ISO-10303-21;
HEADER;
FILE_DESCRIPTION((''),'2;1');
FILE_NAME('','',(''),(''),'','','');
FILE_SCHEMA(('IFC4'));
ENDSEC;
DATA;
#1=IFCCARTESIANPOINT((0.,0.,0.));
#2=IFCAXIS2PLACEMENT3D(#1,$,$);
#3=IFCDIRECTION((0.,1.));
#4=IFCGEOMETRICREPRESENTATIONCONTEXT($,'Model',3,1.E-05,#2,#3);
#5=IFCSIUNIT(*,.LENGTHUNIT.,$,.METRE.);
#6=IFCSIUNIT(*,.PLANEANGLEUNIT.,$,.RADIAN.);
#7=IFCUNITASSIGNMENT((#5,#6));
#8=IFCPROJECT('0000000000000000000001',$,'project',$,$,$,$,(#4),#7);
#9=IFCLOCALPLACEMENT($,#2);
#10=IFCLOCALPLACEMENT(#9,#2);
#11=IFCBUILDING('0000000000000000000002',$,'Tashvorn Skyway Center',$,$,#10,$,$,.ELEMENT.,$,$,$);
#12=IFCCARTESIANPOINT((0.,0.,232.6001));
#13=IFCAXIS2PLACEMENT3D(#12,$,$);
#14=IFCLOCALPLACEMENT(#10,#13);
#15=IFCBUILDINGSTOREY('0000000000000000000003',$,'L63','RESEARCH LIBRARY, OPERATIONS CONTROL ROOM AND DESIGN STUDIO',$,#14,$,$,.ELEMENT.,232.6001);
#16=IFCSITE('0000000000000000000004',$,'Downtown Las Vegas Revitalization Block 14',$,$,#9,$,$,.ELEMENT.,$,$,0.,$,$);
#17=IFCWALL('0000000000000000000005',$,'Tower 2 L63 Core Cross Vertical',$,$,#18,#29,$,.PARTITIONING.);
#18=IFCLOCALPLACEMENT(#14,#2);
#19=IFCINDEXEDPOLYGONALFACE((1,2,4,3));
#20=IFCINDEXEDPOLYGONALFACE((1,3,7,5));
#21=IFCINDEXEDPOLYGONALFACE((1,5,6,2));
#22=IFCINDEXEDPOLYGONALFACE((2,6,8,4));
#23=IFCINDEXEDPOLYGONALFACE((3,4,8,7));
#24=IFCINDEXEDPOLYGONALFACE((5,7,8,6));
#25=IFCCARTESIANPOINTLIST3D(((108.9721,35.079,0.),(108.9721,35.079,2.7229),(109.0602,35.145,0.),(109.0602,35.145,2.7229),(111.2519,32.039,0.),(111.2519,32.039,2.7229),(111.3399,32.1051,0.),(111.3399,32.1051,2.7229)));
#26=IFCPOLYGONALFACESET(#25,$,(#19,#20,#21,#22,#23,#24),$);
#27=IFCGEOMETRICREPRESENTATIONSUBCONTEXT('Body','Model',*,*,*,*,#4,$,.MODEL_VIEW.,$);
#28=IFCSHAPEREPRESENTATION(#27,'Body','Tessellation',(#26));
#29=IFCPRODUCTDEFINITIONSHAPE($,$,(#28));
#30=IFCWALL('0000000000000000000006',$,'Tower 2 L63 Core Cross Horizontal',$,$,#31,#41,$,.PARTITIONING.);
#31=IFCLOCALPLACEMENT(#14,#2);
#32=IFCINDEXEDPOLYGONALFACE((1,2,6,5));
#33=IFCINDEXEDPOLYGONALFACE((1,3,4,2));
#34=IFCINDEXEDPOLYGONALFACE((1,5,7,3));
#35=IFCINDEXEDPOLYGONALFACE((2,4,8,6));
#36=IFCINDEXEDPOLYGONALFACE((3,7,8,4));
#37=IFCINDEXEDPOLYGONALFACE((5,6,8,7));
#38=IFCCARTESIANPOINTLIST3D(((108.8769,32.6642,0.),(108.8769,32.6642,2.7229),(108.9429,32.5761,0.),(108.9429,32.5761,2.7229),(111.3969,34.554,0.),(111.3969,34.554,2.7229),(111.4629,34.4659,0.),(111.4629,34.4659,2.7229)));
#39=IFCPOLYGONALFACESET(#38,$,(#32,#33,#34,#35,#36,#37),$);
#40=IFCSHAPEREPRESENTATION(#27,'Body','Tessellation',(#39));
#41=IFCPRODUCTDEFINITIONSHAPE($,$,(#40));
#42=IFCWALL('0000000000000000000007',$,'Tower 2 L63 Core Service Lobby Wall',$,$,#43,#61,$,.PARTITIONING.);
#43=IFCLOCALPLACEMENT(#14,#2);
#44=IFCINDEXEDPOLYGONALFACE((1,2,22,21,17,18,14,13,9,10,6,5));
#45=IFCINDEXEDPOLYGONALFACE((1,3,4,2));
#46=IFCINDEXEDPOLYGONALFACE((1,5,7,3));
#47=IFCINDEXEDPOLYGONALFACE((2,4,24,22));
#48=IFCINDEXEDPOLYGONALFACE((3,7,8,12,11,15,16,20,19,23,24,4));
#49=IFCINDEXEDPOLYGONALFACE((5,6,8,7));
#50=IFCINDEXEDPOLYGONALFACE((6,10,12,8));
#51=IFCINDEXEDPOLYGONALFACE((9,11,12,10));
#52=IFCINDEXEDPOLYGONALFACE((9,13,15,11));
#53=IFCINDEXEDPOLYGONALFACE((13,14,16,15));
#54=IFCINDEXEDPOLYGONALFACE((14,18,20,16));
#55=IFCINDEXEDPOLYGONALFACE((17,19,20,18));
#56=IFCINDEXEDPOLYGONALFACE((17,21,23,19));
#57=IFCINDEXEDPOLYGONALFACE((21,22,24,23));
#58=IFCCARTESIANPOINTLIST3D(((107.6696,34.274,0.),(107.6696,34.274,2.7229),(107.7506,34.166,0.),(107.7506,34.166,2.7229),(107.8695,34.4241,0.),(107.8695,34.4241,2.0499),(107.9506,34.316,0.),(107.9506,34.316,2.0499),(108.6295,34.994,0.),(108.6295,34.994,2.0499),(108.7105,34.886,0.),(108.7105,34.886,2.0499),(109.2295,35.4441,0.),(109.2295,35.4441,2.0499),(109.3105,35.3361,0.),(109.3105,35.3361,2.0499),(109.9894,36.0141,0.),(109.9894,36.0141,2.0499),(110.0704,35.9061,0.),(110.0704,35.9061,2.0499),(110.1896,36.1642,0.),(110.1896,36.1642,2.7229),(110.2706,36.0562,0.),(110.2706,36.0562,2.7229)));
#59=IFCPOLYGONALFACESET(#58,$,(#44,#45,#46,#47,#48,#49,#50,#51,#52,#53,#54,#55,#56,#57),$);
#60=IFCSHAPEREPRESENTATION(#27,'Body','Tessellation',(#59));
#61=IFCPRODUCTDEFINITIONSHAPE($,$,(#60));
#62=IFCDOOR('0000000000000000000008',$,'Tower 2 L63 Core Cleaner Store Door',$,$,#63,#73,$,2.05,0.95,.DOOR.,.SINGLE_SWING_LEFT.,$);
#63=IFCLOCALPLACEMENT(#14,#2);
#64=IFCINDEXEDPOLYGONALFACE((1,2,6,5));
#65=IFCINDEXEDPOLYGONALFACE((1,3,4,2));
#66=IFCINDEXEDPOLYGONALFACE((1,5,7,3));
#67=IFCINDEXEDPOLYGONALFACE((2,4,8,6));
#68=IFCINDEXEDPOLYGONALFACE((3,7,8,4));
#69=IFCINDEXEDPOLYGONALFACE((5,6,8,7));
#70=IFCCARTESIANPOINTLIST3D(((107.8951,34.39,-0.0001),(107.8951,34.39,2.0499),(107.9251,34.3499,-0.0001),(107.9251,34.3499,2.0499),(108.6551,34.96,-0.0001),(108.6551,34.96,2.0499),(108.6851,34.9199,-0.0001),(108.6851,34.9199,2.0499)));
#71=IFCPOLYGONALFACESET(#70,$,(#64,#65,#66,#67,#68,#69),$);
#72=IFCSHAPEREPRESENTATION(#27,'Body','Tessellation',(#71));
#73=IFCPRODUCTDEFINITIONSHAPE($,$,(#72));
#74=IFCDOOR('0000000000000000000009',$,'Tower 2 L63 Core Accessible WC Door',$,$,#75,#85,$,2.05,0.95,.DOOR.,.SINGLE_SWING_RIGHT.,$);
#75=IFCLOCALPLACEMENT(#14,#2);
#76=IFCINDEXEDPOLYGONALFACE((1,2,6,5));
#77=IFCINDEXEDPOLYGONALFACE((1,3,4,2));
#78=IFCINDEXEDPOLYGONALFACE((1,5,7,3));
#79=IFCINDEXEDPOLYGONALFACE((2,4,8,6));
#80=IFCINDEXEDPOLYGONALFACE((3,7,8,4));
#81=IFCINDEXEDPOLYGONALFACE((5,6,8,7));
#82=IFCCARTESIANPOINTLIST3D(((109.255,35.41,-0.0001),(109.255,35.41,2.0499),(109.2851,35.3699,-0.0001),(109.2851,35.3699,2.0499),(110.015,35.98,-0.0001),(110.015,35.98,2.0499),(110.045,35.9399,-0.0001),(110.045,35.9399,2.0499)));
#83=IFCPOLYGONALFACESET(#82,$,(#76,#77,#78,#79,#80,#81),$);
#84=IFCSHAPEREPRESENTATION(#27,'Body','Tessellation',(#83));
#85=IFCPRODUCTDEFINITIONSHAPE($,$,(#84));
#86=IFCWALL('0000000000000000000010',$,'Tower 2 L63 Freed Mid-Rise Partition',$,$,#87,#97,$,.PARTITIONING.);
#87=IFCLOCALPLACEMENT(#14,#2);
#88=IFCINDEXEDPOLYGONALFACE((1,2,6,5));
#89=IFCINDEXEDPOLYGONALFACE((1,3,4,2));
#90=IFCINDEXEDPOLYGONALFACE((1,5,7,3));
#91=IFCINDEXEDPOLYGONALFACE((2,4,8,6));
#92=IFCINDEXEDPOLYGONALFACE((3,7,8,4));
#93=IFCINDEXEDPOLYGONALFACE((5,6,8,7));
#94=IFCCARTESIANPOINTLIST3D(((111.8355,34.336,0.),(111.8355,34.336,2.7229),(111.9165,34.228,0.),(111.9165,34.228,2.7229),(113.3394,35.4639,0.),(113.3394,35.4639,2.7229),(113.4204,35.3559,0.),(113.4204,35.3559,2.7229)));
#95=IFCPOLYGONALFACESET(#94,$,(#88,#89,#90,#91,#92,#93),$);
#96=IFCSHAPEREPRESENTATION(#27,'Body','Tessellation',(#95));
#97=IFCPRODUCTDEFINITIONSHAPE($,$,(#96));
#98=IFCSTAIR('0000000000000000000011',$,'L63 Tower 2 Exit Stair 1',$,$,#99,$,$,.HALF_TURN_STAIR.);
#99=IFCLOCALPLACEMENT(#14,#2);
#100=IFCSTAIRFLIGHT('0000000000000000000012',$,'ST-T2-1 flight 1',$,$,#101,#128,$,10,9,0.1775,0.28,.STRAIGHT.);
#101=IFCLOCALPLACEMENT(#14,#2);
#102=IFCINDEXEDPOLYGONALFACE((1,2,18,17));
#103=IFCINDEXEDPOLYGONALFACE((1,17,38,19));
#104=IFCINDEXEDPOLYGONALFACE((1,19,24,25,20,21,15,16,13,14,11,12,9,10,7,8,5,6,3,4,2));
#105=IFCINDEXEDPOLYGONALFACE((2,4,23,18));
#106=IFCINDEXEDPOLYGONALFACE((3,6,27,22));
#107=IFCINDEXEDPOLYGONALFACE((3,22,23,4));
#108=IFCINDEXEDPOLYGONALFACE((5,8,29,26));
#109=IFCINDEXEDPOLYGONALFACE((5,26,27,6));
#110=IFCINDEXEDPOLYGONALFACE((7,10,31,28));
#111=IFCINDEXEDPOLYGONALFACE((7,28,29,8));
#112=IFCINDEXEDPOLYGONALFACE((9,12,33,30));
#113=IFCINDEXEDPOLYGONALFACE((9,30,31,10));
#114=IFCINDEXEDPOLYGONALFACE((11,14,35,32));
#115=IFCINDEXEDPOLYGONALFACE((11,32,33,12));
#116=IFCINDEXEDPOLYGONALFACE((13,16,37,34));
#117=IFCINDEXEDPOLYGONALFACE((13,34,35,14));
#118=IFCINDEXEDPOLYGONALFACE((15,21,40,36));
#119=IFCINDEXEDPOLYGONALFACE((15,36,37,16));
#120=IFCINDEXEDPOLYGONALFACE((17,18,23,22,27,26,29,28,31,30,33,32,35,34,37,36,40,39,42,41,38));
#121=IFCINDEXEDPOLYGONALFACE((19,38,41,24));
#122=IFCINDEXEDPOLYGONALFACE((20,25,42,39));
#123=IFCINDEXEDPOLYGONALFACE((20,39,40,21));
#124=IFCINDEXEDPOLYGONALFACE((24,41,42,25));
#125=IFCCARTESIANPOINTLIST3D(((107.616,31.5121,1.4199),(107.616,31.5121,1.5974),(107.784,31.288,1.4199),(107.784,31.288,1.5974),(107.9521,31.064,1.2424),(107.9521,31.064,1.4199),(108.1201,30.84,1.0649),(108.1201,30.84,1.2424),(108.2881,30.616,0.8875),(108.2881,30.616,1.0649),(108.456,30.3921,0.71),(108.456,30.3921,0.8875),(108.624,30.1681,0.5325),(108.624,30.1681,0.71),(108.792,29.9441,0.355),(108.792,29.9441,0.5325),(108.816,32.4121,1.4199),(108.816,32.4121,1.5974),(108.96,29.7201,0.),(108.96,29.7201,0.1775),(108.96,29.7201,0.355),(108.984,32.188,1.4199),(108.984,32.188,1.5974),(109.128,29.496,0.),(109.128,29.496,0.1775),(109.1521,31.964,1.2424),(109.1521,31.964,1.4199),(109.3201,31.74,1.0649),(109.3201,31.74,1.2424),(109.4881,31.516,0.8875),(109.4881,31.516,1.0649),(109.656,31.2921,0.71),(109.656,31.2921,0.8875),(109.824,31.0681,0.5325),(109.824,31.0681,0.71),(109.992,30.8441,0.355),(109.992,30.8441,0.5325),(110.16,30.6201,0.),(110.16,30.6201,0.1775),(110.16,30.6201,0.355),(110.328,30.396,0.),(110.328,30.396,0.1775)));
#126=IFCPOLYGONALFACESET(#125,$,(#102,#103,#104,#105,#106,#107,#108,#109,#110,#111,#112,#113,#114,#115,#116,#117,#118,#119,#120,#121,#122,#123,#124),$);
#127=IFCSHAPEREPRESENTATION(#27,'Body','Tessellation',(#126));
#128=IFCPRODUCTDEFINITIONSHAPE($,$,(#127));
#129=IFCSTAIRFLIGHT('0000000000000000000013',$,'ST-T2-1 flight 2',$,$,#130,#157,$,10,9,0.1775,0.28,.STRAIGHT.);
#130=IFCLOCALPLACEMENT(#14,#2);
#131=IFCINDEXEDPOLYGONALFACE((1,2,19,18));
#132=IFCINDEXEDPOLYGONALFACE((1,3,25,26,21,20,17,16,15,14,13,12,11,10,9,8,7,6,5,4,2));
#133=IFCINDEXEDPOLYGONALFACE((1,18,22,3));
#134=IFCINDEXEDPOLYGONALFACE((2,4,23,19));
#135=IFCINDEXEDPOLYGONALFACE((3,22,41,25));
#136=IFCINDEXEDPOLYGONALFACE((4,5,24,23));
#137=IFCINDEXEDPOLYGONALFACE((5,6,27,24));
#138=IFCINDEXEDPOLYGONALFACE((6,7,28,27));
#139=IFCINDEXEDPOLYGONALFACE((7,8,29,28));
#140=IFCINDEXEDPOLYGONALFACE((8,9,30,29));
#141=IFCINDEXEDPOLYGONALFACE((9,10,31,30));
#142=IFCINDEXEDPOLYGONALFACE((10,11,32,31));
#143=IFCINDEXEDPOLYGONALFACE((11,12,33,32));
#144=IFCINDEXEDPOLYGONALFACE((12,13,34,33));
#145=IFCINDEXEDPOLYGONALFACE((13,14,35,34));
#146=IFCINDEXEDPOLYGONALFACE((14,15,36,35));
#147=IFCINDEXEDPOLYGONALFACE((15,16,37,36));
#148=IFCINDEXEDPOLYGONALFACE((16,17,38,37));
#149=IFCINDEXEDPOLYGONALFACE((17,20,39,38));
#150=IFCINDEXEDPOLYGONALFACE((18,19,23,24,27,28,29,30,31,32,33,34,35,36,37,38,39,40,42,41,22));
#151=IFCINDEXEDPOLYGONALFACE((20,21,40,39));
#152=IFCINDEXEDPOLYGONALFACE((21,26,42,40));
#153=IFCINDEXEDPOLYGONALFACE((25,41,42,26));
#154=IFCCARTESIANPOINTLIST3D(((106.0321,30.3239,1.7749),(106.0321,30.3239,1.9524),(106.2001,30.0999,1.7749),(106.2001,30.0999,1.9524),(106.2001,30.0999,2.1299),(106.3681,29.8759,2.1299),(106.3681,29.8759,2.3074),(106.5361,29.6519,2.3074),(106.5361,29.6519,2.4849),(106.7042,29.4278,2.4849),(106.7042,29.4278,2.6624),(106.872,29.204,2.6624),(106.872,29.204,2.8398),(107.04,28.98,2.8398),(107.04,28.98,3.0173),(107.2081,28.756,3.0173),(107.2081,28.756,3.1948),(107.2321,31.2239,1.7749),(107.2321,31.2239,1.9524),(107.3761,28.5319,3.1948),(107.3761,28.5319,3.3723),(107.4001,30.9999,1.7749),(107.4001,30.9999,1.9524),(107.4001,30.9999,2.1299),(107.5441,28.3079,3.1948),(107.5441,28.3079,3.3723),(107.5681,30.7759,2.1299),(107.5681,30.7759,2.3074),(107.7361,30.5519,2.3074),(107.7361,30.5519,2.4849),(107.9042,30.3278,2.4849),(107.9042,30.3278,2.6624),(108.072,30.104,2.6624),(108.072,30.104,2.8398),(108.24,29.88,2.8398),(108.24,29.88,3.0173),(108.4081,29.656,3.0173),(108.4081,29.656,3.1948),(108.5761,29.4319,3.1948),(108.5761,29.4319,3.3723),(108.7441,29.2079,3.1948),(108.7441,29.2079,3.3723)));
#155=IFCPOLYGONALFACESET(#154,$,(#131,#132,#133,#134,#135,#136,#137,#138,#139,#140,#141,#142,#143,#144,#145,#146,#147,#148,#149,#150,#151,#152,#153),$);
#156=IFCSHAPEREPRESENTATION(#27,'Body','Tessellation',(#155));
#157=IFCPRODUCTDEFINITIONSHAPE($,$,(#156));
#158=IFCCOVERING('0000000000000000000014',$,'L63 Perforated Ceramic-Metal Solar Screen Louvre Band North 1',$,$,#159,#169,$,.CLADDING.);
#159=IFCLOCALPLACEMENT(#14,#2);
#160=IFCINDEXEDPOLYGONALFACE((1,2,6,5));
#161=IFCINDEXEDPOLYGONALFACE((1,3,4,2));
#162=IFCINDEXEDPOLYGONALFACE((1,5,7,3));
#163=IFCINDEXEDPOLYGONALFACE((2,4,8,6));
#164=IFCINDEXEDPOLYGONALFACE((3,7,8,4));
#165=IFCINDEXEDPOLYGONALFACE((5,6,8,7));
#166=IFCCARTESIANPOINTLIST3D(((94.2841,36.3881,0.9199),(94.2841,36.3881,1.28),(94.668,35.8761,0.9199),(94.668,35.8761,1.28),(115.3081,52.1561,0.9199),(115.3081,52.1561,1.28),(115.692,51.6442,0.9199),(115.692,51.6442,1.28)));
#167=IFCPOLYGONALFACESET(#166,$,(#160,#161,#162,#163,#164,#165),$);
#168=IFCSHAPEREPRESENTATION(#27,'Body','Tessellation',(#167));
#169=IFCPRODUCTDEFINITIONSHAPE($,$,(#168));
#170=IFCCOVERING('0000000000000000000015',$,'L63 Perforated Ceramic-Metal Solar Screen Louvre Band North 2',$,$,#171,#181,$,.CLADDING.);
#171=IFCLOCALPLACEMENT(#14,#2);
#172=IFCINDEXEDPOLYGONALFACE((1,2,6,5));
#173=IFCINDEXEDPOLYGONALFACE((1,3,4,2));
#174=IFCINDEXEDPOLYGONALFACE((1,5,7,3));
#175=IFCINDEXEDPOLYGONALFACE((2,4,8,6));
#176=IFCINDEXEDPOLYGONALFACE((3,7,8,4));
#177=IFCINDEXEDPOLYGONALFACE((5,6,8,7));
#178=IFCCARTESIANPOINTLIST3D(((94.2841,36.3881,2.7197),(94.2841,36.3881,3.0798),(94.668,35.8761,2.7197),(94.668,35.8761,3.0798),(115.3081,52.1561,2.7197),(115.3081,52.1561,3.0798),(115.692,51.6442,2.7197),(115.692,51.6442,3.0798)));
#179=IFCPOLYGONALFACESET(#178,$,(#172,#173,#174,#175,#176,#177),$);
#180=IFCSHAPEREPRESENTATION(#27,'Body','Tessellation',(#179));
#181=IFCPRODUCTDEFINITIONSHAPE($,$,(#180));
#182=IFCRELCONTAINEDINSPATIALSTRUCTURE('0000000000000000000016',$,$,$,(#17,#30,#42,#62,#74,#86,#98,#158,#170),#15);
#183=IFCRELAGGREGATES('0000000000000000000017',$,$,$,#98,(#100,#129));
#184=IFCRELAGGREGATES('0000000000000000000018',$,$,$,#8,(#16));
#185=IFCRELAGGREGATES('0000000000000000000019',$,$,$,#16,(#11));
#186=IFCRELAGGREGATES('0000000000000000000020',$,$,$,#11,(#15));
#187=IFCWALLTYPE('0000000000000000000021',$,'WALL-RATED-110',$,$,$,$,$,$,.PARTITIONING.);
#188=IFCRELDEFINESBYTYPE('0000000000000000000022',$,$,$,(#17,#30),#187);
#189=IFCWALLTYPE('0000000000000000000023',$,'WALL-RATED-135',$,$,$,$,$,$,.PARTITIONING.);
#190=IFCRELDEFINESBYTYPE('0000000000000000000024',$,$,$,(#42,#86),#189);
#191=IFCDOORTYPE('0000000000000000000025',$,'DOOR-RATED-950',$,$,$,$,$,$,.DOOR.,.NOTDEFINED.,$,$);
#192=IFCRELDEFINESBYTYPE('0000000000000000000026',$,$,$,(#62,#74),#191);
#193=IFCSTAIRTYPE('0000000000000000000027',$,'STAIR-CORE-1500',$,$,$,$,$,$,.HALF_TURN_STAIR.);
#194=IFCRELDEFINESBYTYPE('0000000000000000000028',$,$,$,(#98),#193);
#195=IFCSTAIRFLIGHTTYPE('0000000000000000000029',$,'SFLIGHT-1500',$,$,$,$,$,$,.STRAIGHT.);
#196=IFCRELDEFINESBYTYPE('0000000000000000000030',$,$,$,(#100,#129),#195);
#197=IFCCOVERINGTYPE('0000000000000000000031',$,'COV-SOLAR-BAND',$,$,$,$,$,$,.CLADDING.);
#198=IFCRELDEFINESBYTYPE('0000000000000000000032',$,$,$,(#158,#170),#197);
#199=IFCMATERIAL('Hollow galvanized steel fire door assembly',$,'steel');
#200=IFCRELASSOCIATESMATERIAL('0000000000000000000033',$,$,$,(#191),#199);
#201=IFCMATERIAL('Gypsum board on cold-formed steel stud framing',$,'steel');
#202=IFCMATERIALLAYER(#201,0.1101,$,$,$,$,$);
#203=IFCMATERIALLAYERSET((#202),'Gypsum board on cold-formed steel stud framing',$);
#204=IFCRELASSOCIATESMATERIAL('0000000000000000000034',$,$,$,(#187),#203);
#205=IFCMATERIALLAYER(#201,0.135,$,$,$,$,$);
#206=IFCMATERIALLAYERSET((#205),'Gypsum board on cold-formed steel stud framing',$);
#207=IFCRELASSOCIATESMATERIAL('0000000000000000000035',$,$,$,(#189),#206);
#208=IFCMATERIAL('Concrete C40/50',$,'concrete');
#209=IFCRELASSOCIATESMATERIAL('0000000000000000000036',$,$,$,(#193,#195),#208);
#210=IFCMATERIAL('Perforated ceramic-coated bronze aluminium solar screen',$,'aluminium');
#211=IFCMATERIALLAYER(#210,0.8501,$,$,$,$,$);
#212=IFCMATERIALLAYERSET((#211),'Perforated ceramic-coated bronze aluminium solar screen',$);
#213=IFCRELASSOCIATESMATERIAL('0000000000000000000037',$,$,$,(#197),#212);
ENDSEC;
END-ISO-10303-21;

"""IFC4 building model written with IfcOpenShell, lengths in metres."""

from ifc_helpers import new_model, si_unit, direction, frame, frame_2d, origin, origin_2d, place, context, subcontext, project, spatial, polyline, rectangle, outline, extrude, material, layer, layer_set, type_object, element, fill, aggregate, save


model = new_model("IFC4")

# Units and contexts
model_context = context("Model", 3, precision=1e-05, world=origin(), true_north=direction((0.0, 1.0)))
body_context = subcontext(model_context, "Body", "Model", "MODEL_VIEW")
ifc_project = project(units=[si_unit("LENGTHUNIT", "METRE"), si_unit("PLANEANGLEUNIT", "RADIAN")], contexts=[model_context])

# Site, building, storey
site_placement = place(None, origin())
site = spatial("IfcSite", under=ifc_project, at=site_placement, Name="Downtown Las Vegas Revitalization Block 14", CompositionType="ELEMENT", RefElevation=0.0)
building_placement = place(site_placement, origin())
building = spatial("IfcBuilding", under=site, at=building_placement, Name="Tashvorn Skyway Center", CompositionType="ELEMENT")
storey_placement = place(building_placement, frame((0.0, 0.0, 232.6001)))
storey = spatial("IfcBuildingStorey", under=building, at=storey_placement, Name="L63", Description="RESEARCH LIBRARY, OPERATIONS CONTROL ROOM AND DESIGN STUDIO", CompositionType="ELEMENT", Elevation=232.6001)

# Shared definitions
ifc_material_1 = material(Name="Concrete C40/50", Category="concrete")
ifc_material_2 = material(Name="Hollow galvanized steel fire door assembly", Category="steel")
door_type = type_object("IfcDoorType", Name="DOOR-RATED-950", OperationType="NOTDEFINED", PredefinedType="DOOR", material=ifc_material_2)

# Walls
ifc_material_3 = material(Name="Gypsum board on cold-formed steel stud framing", Category="steel")
ifc_layer_1 = layer(ifc_material_3, 0.1101)
ifc_layer_set_1 = layer_set([ifc_layer_1], Name="Gypsum board on cold-formed steel stud framing")
wall_type_1 = type_object("IfcWallType", Name="WALL-RATED-110", PredefinedType="PARTITIONING", material=ifc_layer_set_1)
wall_1_placement = place(storey_placement, frame((111.2959, 32.072, 0.0), z_axis=(0.0, 0.0, 1.0), x_axis=(-0.599959, 0.800031, 0.0)))
element("IfcWall", 1, at=wall_1_placement, inside=storey, type_object=wall_type_1, Name="Tower 2 L63 Core Cross Vertical", PredefinedType="PARTITIONING", context=body_context, shape_type="SweptSolid", body=[
    extrude(rectangle(XDim=3.7998, YDim=0.1101, at=frame_2d((1.8999, 0.0))), origin(), (0.0, 0.0, 1.0), 2.7229),
])
wall_2_placement = place(storey_placement, frame((108.9099, 32.6201, 0.0), z_axis=(0.0, 0.0, 1.0), x_axis=(0.800019, 0.599975, 0.0)))
element("IfcWall", 2, at=wall_2_placement, inside=storey, type_object=wall_type_1, Name="Tower 2 L63 Core Cross Horizontal", PredefinedType="PARTITIONING", context=body_context, shape_type="SweptSolid", body=[
    extrude(rectangle(XDim=3.1499, YDim=0.1101, at=frame_2d((1.575, 0.0))), origin(), (0.0, 0.0, 1.0), 2.7229),
])

# Wall, openings, doors
ifc_layer_2 = layer(ifc_material_3, 0.135)
ifc_layer_set_2 = layer_set([ifc_layer_2], Name="Gypsum board on cold-formed steel stud framing")
wall_type_2 = type_object("IfcWallType", Name="WALL-RATED-135", PredefinedType="PARTITIONING", material=ifc_layer_set_2)
wall_3_placement = place(storey_placement, frame((107.71, 34.22, 0.0), z_axis=(0.0, 0.0, 1.0), x_axis=(0.799981, 0.600025, 0.0)))
wall_3 = element("IfcWall", 3, at=wall_3_placement, inside=storey, type_object=wall_type_2, Name="Tower 2 L63 Core Service Lobby Wall", PredefinedType="PARTITIONING", context=body_context, shape_type="SweptSolid", body=[
    extrude(rectangle(XDim=3.1501, YDim=0.135, at=frame_2d((1.5752, 0.0))), origin(), (0.0, 0.0, 1.0), 2.7229),
])
opening_1_placement = place(wall_3_placement, frame((0.25, 0.0, 0.0)))
opening_1 = element("IfcOpeningElement", 4, at=opening_1_placement, cuts=wall_3, PredefinedType="OPENING", context=body_context, shape_type="SweptSolid", body=[
    extrude(rectangle(XDim=0.95, YDim=2.05, at=frame_2d((0.4751, 1.0249))), frame((0.0, 0.0774, 0.0), z_axis=(0.0, -1.0, 0.0), x_axis=(1.0, 0.0, 0.0)), (0.0, 0.0, 1.0), 0.155),
])
opening_2_placement = place(wall_3_placement, frame((1.95, 0.0, 0.0)))
opening_2 = element("IfcOpeningElement", 5, at=opening_2_placement, cuts=wall_3, PredefinedType="OPENING", context=body_context, shape_type="SweptSolid", body=[
    extrude(rectangle(XDim=0.95, YDim=2.05, at=frame_2d((0.4751, 1.0249))), frame((0.0, 0.0774, 0.0), z_axis=(0.0, -1.0, 0.0), x_axis=(1.0, 0.0, 0.0)), (0.0, 0.0, 1.0), 0.155),
])
door_1_placement = place(opening_1_placement, origin())
door_1 = element("IfcDoor", 6, at=door_1_placement, inside=storey, type_object=door_type, Name="Tower 2 L63 Core Cleaner Store Door", OperationType="SINGLE_SWING_LEFT", OverallHeight=2.05, OverallWidth=0.95, PredefinedType="DOOR", context=body_context, shape_type="SweptSolid", body=[
    extrude(rectangle(XDim=0.95, YDim=2.05, at=frame_2d((0.4751, 1.0249))), frame((0.0, 0.0249, 0.0), z_axis=(0.0, -1.0, 0.0), x_axis=(1.0, 0.0, 0.0)), (0.0, 0.0, 1.0), 0.05),
])
fill(opening_1, door_1)
door_2_placement = place(opening_2_placement, origin())
door_2 = element("IfcDoor", 7, at=door_2_placement, inside=storey, type_object=door_type, Name="Tower 2 L63 Core Accessible WC Door", OperationType="SINGLE_SWING_RIGHT", OverallHeight=2.05, OverallWidth=0.95, PredefinedType="DOOR", context=body_context, shape_type="SweptSolid", body=[
    extrude(rectangle(XDim=0.95, YDim=2.05, at=frame_2d((0.4751, 1.0249))), frame((0.0, 0.0249, 0.0), z_axis=(0.0, -1.0, 0.0), x_axis=(1.0, 0.0, 0.0)), (0.0, 0.0, 1.0), 0.05),
])
fill(opening_2, door_2)

# Wall
wall_4_placement = place(storey_placement, frame((111.876, 34.282, 0.0), z_axis=(0.0, 0.0, 1.0), x_axis=(0.8, 0.6, 0.0)))
element("IfcWall", 8, at=wall_4_placement, inside=storey, type_object=wall_type_2, Name="Tower 2 L63 Freed Mid-Rise Partition", PredefinedType="PARTITIONING", context=body_context, shape_type="SweptSolid", body=[
    extrude(rectangle(XDim=1.8799, YDim=0.135, at=frame_2d((0.9399, 0.0))), origin(), (0.0, 0.0, 1.0), 2.7229),
])

# Stair, stair flights
stair_type = type_object("IfcStairType", Name="STAIR-CORE-1500", PredefinedType="HALF_TURN_STAIR", material=ifc_material_1)
stair_placement = place(storey_placement, origin())
stair = element("IfcStair", 9, at=stair_placement, inside=storey, type_object=stair_type, Name="L63 Tower 2 Exit Stair 1", PredefinedType="HALF_TURN_STAIR")
stair_flight_type = type_object("IfcStairFlightType", Name="SFLIGHT-1500", PredefinedType="STRAIGHT", material=ifc_material_1)
stair_flight_1_placement = place(storey_placement, frame((109.728, 29.946, 0.0), z_axis=(0.0, 0.0, 1.0), x_axis=(-0.6, 0.8, 0.0)))
stair_flight_1 = element("IfcStairFlight", 10, at=stair_flight_1_placement, type_object=stair_flight_type, Name="ST-T2-1 flight 1", NumberOfRisers=10, NumberOfTreads=9, PredefinedType="STRAIGHT", RiserHeight=0.1775, TreadLength=0.28, context=body_context, shape_type="SweptSolid", body=[
    extrude(outline(polyline([(0.0, 0.0), (0.0, 0.1775), (0.28, 0.1775), (0.28, 0.355), (0.5601, 0.355), (0.5601, 0.5325), (0.8401, 0.5325), (0.8401, 0.71), (1.1201, 0.71), (1.1201, 0.8875), (1.3999, 0.8875), (1.3999, 1.0649), (1.6799, 1.0649), (1.6799, 1.2424), (1.96, 1.2424), (1.96, 1.4199), (2.24, 1.4199), (2.24, 1.5974), (2.52, 1.5974), (2.52, 1.7749), (2.52, 1.4199), (0.28, 0.0), (0.0, 0.0)])), frame((0.0, 0.75, 0.0), z_axis=(0.0, -1.0, 0.0), x_axis=(1.0, 0.0, 0.0)), (0.0, 0.0, 1.0), 1.5),
])
stair_flight_2_placement = place(storey_placement, frame((106.6321, 30.7739, 1.7749), z_axis=(0.0, 0.0, 1.0), x_axis=(0.6, -0.8, 0.0)))
stair_flight_2 = element("IfcStairFlight", 11, at=stair_flight_2_placement, type_object=stair_flight_type, Name="ST-T2-1 flight 2", NumberOfRisers=10, NumberOfTreads=9, PredefinedType="STRAIGHT", RiserHeight=0.1775, TreadLength=0.28, context=body_context, shape_type="SweptSolid", body=[
    extrude(outline(polyline([(0.0, 0.0), (0.0, 0.1775), (0.28, 0.1775), (0.28, 0.355), (0.5601, 0.355), (0.5601, 0.5325), (0.8401, 0.5325), (0.8401, 0.71), (1.1201, 0.71), (1.1201, 0.8875), (1.3999, 0.8875), (1.3999, 1.0649), (1.6799, 1.0649), (1.6799, 1.2424), (1.96, 1.2424), (1.96, 1.4199), (2.24, 1.4199), (2.24, 1.5974), (2.52, 1.5974), (2.52, 1.7749), (2.52, 1.4199), (0.28, 0.0), (0.0, 0.0)])), frame((0.0, 0.75, 0.0), z_axis=(0.0, -1.0, 0.0), x_axis=(1.0, 0.0, 0.0)), (0.0, 0.0, 1.0), 1.5),
])
aggregate(stair, [stair_flight_1, stair_flight_2])

# Coverings
ifc_material_4 = material(Name="Perforated ceramic-coated bronze aluminium solar screen", Category="aluminium")
ifc_layer_3 = layer(ifc_material_4, 0.8501)
ifc_layer_set_3 = layer_set([ifc_layer_3], Name="Perforated ceramic-coated bronze aluminium solar screen")
covering_type = type_object("IfcCoveringType", Name="COV-SOLAR-BAND", PredefinedType="CLADDING", material=ifc_layer_set_3)
for number, where, z_axis, x_axis, name in (
    (12, (104.988, 44.0161, 0.9199), (0.0, 0.0, 1.0), (0.8, 0.6, 0.0), "L63 Perforated Ceramic-Metal Solar Screen Louvre Band North 1"),
    (13, (104.988, 44.0161, 2.7197), (0.0, 0.0, 1.0), (0.8, 0.6, 0.0), "L63 Perforated Ceramic-Metal Solar Screen Louvre Band North 2"),
):
    element("IfcCovering", number, at=place(storey_placement, frame(where, z_axis=z_axis, x_axis=x_axis)), inside=storey, type_object=covering_type, Name=name, PredefinedType="CLADDING", context=body_context, shape_type="SweptSolid", body=[
        extrude(rectangle(XDim=26.28, YDim=0.6399, at=origin_2d()), origin(), (0.0, 0.0, 1.0), 0.3601),
    ])

save(model, "model.ifc")
